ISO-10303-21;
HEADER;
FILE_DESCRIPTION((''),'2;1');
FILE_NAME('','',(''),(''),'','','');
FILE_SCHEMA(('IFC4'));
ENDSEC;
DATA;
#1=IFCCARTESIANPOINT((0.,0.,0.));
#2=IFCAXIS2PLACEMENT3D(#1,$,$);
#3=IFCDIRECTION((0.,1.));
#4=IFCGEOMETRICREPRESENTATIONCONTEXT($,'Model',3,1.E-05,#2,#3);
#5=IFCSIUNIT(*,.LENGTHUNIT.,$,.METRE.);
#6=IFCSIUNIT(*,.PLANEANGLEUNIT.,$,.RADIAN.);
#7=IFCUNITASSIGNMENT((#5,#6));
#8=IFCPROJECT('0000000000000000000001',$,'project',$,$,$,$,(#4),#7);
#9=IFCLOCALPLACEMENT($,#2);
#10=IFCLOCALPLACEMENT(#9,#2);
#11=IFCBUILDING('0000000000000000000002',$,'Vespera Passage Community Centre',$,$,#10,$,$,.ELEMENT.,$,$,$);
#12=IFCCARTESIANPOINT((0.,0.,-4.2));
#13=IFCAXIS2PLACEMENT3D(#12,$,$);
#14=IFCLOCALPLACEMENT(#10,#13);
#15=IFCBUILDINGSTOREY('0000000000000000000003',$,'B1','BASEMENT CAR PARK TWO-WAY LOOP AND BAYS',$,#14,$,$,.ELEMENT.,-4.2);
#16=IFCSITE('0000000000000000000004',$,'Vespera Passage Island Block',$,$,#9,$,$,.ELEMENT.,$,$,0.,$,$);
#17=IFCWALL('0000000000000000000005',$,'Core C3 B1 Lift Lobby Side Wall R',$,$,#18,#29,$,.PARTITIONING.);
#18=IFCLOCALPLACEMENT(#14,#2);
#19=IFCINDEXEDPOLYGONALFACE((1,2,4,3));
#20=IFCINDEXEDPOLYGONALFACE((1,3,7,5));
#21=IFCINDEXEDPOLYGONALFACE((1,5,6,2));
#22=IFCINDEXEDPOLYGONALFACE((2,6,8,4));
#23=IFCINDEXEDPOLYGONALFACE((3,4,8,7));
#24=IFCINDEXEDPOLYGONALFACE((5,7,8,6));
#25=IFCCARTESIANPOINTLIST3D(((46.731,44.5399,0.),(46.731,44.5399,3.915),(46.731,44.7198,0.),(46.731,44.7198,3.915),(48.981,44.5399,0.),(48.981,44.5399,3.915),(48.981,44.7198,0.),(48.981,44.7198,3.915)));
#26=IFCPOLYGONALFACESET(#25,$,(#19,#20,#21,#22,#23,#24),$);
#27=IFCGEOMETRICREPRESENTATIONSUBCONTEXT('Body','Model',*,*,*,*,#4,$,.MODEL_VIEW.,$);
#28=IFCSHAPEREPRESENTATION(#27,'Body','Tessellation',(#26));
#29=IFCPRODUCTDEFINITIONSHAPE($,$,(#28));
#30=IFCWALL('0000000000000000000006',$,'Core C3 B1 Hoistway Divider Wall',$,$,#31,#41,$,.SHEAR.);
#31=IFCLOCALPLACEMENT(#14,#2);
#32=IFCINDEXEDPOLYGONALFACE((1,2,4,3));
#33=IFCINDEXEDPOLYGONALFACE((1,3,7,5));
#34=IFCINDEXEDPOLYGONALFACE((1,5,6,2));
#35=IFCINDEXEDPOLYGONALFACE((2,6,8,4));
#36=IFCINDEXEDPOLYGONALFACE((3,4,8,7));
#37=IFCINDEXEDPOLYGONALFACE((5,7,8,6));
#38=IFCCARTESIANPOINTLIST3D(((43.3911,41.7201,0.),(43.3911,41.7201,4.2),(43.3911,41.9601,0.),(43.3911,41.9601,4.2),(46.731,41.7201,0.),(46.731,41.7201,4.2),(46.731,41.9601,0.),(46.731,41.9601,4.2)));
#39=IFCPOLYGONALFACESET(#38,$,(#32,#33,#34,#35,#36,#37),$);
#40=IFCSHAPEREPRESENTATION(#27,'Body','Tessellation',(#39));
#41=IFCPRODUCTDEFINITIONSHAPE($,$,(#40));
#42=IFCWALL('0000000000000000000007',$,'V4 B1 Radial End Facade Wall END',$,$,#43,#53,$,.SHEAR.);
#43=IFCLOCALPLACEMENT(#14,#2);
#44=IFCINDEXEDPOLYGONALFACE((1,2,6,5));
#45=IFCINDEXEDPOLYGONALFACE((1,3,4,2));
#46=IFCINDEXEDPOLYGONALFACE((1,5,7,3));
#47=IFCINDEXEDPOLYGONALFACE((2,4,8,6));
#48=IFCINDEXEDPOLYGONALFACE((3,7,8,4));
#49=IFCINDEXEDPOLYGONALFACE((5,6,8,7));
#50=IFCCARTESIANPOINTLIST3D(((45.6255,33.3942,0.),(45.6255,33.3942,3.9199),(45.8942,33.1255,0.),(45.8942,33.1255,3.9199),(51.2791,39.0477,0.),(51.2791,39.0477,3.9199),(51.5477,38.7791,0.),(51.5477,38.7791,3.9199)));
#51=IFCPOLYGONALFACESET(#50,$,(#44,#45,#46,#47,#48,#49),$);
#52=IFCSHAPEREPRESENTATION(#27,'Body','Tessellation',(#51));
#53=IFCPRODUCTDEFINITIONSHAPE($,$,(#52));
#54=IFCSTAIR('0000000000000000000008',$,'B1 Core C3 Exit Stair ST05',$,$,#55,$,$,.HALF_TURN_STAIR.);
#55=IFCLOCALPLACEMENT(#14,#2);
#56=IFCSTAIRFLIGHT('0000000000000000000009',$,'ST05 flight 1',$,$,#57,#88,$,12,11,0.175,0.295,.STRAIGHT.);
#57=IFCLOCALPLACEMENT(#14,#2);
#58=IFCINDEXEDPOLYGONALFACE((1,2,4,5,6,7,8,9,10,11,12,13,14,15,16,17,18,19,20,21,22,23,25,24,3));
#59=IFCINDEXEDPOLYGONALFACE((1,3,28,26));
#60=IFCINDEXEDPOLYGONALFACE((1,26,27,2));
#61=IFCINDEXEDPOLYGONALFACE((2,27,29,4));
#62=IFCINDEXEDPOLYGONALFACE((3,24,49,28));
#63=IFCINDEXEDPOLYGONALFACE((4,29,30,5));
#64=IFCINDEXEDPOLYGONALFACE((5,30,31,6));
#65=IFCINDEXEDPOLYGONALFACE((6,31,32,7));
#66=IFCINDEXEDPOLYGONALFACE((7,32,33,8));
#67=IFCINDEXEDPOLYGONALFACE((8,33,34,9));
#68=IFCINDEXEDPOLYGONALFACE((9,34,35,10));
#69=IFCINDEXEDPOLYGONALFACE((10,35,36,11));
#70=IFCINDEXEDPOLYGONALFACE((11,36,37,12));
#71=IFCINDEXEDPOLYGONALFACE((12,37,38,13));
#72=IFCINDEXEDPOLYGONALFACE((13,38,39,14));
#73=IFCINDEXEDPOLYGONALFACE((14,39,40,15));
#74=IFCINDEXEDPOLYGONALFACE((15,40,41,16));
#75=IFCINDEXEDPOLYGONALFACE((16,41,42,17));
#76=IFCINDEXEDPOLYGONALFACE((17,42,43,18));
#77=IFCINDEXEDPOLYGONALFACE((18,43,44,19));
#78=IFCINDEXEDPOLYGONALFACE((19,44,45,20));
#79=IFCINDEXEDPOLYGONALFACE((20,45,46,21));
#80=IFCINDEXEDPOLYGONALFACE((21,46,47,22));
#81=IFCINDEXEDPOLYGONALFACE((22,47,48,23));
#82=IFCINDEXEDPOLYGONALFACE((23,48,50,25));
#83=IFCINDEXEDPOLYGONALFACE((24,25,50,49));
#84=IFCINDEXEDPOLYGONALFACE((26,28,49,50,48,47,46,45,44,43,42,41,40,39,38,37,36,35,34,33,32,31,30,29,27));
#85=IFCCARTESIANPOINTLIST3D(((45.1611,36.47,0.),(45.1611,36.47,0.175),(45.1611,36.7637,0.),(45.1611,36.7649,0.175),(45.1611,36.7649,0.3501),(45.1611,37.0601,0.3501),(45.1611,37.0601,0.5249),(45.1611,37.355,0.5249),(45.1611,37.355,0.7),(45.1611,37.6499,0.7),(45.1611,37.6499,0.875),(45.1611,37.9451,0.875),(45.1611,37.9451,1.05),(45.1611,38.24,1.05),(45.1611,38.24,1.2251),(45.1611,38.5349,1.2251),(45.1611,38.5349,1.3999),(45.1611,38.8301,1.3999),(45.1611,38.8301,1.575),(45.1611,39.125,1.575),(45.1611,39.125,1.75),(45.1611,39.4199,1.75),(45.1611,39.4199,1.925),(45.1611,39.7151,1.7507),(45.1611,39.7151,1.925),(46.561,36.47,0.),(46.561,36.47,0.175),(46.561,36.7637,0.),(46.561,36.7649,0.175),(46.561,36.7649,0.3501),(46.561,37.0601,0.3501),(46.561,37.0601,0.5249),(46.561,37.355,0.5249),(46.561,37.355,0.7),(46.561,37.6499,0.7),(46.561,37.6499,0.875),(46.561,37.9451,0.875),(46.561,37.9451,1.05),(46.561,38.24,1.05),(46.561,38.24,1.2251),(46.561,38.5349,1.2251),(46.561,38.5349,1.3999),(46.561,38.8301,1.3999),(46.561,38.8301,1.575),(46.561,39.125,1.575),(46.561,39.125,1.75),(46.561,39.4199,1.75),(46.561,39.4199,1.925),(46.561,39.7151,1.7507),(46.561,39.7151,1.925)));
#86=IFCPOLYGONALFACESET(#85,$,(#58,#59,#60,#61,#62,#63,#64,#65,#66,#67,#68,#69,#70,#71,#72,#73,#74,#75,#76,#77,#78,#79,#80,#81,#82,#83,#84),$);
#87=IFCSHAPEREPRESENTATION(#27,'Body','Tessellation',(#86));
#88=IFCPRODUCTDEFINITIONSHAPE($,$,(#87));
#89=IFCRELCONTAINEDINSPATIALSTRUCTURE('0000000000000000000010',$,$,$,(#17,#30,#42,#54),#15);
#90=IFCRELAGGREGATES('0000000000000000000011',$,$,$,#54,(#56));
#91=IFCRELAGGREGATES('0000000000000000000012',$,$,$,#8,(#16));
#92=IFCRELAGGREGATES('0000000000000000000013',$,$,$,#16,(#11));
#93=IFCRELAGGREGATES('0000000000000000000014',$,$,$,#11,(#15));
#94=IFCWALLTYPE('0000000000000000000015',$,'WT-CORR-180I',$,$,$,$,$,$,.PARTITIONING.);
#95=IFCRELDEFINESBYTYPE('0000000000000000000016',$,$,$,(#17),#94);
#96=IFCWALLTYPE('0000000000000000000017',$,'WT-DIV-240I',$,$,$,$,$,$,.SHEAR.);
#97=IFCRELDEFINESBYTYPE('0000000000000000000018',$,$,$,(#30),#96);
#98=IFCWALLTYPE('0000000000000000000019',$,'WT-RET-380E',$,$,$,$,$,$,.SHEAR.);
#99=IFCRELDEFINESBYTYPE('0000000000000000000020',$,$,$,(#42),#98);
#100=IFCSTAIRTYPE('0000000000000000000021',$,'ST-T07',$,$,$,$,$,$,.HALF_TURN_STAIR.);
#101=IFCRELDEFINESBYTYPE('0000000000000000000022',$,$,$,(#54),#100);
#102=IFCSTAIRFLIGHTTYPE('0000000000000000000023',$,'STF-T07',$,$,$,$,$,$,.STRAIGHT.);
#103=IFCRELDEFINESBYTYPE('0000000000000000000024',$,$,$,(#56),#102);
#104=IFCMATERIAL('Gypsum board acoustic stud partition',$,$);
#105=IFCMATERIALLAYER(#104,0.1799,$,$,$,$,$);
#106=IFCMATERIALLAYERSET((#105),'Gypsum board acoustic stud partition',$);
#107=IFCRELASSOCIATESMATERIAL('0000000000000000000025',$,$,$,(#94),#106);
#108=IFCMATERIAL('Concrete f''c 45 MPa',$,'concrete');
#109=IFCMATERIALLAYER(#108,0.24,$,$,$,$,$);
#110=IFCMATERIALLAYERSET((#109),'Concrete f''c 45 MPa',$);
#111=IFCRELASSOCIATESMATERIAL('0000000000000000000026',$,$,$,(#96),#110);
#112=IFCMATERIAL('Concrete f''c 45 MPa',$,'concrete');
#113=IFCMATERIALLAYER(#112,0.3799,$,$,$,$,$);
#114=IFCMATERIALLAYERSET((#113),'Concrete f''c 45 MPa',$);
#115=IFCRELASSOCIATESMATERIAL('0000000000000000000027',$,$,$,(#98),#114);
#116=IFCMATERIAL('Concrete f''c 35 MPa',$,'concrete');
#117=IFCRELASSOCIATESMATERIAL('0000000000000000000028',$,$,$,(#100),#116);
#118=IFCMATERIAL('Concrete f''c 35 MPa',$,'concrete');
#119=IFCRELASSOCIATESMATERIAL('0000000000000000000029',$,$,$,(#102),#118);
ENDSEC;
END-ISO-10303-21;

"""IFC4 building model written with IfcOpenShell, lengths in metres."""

from ifc_helpers import new_model, si_unit, direction, frame, frame_2d, origin, place, context, subcontext, project, spatial, polyline, rectangle, outline, extrude, material, layer, layer_set, type_object, element, aggregate, save


model = new_model("IFC4")

# Units and contexts
model_context = context("Model", 3, precision=1e-05, world=origin(), true_north=direction((0.0, 1.0)))
body_context = subcontext(model_context, "Body", "Model", "MODEL_VIEW")
ifc_project = project(units=[si_unit("LENGTHUNIT", "METRE"), si_unit("PLANEANGLEUNIT", "RADIAN")], contexts=[model_context])

# Site, building, storey
site_placement = place(None, origin())
site = spatial("IfcSite", under=ifc_project, at=site_placement, Name="Vespera Passage Island Block", CompositionType="ELEMENT", RefElevation=0.0)
building_placement = place(site_placement, origin())
building = spatial("IfcBuilding", under=site, at=building_placement, Name="Vespera Passage Community Centre", CompositionType="ELEMENT")
storey_placement = place(building_placement, frame((0.0, 0.0, -4.2)))
storey = spatial("IfcBuildingStorey", under=building, at=storey_placement, Name="B1", Description="BASEMENT CAR PARK TWO-WAY LOOP AND BAYS", CompositionType="ELEMENT", Elevation=-4.2)

# Walls
ifc_material_1 = material(Name="Gypsum board acoustic stud partition")
ifc_layer_1 = layer(ifc_material_1, 0.1799)
ifc_layer_set_1 = layer_set([ifc_layer_1], Name="Gypsum board acoustic stud partition")
wall_type_1 = type_object("IfcWallType", Name="WT-CORR-180I", PredefinedType="PARTITIONING", material=ifc_layer_set_1)
wall_1_placement = place(storey_placement, frame((46.731, 44.6299, 0.0), z_axis=(0.0, 0.0, 1.0), x_axis=(1.0, 0.0, 0.0)))
element("IfcWall", 1, at=wall_1_placement, inside=storey, type_object=wall_type_1, Name="Core C3 B1 Lift Lobby Side Wall R", PredefinedType="PARTITIONING", context=body_context, shape_type="SweptSolid", body=[
    extrude(rectangle(XDim=2.25, YDim=0.1799, at=frame_2d((1.125, 0.0))), origin(), (0.0, 0.0, 1.0), 3.915),
])
ifc_material_2 = material(Name="Concrete f'c 45 MPa", Category="concrete")
ifc_layer_2 = layer(ifc_material_2, 0.24)
ifc_layer_set_2 = layer_set([ifc_layer_2], Name="Concrete f'c 45 MPa")
wall_type_2 = type_object("IfcWallType", Name="WT-DIV-240I", PredefinedType="SHEAR", material=ifc_layer_set_2)
wall_2_placement = place(storey_placement, frame((46.731, 41.8401, 0.0), z_axis=(0.0, 0.0, 1.0), x_axis=(-1.0, 0.0, 0.0)))
element("IfcWall", 2, at=wall_2_placement, inside=storey, type_object=wall_type_2, Name="Core C3 B1 Hoistway Divider Wall", PredefinedType="SHEAR", context=body_context, shape_type="SweptSolid", body=[
    extrude(rectangle(XDim=3.3398, YDim=0.24, at=frame_2d((1.6699, 0.0))), origin(), (0.0, 0.0, 1.0), 4.2),
])
ifc_material_3 = material(Name="Concrete f'c 45 MPa", Category="concrete")
ifc_layer_3 = layer(ifc_material_3, 0.3799)
ifc_layer_set_3 = layer_set([ifc_layer_3], Name="Concrete f'c 45 MPa")
wall_type_3 = type_object("IfcWallType", Name="WT-RET-380E", PredefinedType="SHEAR", material=ifc_layer_set_3)
wall_3_placement = place(storey_placement, frame((51.4133, 38.9133, 0.0), z_axis=(0.0, 0.0, 1.0), x_axis=(-0.707107, -0.707107, 0.0)))
element("IfcWall", 3, at=wall_3_placement, inside=storey, type_object=wall_type_3, Name="V4 B1 Radial End Facade Wall END", PredefinedType="SHEAR", context=body_context, shape_type="SweptSolid", body=[
    extrude(rectangle(XDim=7.9954, YDim=0.3799, at=frame_2d((3.9976, 0.0))), origin(), (0.0, 0.0, 1.0), 3.9199),
])

# Stair, stair flight
ifc_material_4 = material(Name="Concrete f'c 35 MPa", Category="concrete")
stair_type = type_object("IfcStairType", Name="ST-T07", PredefinedType="HALF_TURN_STAIR", material=ifc_material_4)
stair_placement = place(storey_placement, origin())
stair = element("IfcStair", 4, at=stair_placement, inside=storey, type_object=stair_type, Name="B1 Core C3 Exit Stair ST05", PredefinedType="HALF_TURN_STAIR")
ifc_material_5 = material(Name="Concrete f'c 35 MPa", Category="concrete")
stair_flight_type = type_object("IfcStairFlightType", Name="STF-T07", PredefinedType="STRAIGHT", material=ifc_material_5)
stair_flight_placement = place(storey_placement, frame((45.8611, 36.47, 0.0), z_axis=(0.0, 0.0, 1.0), x_axis=(0.0, 1.0, 0.0)))
stair_flight = element("IfcStairFlight", 5, at=stair_flight_placement, type_object=stair_flight_type, Name="ST05 flight 1", NumberOfRisers=12, NumberOfTreads=11, PredefinedType="STRAIGHT", RiserHeight=0.175, TreadLength=0.295, context=body_context, shape_type="SweptSolid", body=[
    extrude(outline(polyline([(0.0, 0.0), (0.0, 0.175), (0.2949, 0.175), (0.2949, 0.3501), (0.5901, 0.3501), (0.5901, 0.5249), (0.885, 0.5249), (0.885, 0.7), (1.1799, 0.7), (1.1799, 0.875), (1.4751, 0.875), (1.4751, 1.05), (1.77, 1.05), (1.77, 1.2251), (2.0649, 1.2251), (2.0649, 1.3999), (2.3601, 1.3999), (2.3601, 1.575), (2.655, 1.575), (2.655, 1.75), (2.95, 1.75), (2.95, 1.925), (3.2451, 1.925), (3.2451, 2.1001), (3.2451, 1.7507), (0.2937, 0.0), (0.0, 0.0)])), frame((0.0, 0.7, 0.0), z_axis=(0.0, -1.0, 0.0), x_axis=(1.0, 0.0, 0.0)), (0.0, 0.0, 1.0), 1.3999),
])
aggregate(stair, [stair_flight])

save(model, "model.ifc")
